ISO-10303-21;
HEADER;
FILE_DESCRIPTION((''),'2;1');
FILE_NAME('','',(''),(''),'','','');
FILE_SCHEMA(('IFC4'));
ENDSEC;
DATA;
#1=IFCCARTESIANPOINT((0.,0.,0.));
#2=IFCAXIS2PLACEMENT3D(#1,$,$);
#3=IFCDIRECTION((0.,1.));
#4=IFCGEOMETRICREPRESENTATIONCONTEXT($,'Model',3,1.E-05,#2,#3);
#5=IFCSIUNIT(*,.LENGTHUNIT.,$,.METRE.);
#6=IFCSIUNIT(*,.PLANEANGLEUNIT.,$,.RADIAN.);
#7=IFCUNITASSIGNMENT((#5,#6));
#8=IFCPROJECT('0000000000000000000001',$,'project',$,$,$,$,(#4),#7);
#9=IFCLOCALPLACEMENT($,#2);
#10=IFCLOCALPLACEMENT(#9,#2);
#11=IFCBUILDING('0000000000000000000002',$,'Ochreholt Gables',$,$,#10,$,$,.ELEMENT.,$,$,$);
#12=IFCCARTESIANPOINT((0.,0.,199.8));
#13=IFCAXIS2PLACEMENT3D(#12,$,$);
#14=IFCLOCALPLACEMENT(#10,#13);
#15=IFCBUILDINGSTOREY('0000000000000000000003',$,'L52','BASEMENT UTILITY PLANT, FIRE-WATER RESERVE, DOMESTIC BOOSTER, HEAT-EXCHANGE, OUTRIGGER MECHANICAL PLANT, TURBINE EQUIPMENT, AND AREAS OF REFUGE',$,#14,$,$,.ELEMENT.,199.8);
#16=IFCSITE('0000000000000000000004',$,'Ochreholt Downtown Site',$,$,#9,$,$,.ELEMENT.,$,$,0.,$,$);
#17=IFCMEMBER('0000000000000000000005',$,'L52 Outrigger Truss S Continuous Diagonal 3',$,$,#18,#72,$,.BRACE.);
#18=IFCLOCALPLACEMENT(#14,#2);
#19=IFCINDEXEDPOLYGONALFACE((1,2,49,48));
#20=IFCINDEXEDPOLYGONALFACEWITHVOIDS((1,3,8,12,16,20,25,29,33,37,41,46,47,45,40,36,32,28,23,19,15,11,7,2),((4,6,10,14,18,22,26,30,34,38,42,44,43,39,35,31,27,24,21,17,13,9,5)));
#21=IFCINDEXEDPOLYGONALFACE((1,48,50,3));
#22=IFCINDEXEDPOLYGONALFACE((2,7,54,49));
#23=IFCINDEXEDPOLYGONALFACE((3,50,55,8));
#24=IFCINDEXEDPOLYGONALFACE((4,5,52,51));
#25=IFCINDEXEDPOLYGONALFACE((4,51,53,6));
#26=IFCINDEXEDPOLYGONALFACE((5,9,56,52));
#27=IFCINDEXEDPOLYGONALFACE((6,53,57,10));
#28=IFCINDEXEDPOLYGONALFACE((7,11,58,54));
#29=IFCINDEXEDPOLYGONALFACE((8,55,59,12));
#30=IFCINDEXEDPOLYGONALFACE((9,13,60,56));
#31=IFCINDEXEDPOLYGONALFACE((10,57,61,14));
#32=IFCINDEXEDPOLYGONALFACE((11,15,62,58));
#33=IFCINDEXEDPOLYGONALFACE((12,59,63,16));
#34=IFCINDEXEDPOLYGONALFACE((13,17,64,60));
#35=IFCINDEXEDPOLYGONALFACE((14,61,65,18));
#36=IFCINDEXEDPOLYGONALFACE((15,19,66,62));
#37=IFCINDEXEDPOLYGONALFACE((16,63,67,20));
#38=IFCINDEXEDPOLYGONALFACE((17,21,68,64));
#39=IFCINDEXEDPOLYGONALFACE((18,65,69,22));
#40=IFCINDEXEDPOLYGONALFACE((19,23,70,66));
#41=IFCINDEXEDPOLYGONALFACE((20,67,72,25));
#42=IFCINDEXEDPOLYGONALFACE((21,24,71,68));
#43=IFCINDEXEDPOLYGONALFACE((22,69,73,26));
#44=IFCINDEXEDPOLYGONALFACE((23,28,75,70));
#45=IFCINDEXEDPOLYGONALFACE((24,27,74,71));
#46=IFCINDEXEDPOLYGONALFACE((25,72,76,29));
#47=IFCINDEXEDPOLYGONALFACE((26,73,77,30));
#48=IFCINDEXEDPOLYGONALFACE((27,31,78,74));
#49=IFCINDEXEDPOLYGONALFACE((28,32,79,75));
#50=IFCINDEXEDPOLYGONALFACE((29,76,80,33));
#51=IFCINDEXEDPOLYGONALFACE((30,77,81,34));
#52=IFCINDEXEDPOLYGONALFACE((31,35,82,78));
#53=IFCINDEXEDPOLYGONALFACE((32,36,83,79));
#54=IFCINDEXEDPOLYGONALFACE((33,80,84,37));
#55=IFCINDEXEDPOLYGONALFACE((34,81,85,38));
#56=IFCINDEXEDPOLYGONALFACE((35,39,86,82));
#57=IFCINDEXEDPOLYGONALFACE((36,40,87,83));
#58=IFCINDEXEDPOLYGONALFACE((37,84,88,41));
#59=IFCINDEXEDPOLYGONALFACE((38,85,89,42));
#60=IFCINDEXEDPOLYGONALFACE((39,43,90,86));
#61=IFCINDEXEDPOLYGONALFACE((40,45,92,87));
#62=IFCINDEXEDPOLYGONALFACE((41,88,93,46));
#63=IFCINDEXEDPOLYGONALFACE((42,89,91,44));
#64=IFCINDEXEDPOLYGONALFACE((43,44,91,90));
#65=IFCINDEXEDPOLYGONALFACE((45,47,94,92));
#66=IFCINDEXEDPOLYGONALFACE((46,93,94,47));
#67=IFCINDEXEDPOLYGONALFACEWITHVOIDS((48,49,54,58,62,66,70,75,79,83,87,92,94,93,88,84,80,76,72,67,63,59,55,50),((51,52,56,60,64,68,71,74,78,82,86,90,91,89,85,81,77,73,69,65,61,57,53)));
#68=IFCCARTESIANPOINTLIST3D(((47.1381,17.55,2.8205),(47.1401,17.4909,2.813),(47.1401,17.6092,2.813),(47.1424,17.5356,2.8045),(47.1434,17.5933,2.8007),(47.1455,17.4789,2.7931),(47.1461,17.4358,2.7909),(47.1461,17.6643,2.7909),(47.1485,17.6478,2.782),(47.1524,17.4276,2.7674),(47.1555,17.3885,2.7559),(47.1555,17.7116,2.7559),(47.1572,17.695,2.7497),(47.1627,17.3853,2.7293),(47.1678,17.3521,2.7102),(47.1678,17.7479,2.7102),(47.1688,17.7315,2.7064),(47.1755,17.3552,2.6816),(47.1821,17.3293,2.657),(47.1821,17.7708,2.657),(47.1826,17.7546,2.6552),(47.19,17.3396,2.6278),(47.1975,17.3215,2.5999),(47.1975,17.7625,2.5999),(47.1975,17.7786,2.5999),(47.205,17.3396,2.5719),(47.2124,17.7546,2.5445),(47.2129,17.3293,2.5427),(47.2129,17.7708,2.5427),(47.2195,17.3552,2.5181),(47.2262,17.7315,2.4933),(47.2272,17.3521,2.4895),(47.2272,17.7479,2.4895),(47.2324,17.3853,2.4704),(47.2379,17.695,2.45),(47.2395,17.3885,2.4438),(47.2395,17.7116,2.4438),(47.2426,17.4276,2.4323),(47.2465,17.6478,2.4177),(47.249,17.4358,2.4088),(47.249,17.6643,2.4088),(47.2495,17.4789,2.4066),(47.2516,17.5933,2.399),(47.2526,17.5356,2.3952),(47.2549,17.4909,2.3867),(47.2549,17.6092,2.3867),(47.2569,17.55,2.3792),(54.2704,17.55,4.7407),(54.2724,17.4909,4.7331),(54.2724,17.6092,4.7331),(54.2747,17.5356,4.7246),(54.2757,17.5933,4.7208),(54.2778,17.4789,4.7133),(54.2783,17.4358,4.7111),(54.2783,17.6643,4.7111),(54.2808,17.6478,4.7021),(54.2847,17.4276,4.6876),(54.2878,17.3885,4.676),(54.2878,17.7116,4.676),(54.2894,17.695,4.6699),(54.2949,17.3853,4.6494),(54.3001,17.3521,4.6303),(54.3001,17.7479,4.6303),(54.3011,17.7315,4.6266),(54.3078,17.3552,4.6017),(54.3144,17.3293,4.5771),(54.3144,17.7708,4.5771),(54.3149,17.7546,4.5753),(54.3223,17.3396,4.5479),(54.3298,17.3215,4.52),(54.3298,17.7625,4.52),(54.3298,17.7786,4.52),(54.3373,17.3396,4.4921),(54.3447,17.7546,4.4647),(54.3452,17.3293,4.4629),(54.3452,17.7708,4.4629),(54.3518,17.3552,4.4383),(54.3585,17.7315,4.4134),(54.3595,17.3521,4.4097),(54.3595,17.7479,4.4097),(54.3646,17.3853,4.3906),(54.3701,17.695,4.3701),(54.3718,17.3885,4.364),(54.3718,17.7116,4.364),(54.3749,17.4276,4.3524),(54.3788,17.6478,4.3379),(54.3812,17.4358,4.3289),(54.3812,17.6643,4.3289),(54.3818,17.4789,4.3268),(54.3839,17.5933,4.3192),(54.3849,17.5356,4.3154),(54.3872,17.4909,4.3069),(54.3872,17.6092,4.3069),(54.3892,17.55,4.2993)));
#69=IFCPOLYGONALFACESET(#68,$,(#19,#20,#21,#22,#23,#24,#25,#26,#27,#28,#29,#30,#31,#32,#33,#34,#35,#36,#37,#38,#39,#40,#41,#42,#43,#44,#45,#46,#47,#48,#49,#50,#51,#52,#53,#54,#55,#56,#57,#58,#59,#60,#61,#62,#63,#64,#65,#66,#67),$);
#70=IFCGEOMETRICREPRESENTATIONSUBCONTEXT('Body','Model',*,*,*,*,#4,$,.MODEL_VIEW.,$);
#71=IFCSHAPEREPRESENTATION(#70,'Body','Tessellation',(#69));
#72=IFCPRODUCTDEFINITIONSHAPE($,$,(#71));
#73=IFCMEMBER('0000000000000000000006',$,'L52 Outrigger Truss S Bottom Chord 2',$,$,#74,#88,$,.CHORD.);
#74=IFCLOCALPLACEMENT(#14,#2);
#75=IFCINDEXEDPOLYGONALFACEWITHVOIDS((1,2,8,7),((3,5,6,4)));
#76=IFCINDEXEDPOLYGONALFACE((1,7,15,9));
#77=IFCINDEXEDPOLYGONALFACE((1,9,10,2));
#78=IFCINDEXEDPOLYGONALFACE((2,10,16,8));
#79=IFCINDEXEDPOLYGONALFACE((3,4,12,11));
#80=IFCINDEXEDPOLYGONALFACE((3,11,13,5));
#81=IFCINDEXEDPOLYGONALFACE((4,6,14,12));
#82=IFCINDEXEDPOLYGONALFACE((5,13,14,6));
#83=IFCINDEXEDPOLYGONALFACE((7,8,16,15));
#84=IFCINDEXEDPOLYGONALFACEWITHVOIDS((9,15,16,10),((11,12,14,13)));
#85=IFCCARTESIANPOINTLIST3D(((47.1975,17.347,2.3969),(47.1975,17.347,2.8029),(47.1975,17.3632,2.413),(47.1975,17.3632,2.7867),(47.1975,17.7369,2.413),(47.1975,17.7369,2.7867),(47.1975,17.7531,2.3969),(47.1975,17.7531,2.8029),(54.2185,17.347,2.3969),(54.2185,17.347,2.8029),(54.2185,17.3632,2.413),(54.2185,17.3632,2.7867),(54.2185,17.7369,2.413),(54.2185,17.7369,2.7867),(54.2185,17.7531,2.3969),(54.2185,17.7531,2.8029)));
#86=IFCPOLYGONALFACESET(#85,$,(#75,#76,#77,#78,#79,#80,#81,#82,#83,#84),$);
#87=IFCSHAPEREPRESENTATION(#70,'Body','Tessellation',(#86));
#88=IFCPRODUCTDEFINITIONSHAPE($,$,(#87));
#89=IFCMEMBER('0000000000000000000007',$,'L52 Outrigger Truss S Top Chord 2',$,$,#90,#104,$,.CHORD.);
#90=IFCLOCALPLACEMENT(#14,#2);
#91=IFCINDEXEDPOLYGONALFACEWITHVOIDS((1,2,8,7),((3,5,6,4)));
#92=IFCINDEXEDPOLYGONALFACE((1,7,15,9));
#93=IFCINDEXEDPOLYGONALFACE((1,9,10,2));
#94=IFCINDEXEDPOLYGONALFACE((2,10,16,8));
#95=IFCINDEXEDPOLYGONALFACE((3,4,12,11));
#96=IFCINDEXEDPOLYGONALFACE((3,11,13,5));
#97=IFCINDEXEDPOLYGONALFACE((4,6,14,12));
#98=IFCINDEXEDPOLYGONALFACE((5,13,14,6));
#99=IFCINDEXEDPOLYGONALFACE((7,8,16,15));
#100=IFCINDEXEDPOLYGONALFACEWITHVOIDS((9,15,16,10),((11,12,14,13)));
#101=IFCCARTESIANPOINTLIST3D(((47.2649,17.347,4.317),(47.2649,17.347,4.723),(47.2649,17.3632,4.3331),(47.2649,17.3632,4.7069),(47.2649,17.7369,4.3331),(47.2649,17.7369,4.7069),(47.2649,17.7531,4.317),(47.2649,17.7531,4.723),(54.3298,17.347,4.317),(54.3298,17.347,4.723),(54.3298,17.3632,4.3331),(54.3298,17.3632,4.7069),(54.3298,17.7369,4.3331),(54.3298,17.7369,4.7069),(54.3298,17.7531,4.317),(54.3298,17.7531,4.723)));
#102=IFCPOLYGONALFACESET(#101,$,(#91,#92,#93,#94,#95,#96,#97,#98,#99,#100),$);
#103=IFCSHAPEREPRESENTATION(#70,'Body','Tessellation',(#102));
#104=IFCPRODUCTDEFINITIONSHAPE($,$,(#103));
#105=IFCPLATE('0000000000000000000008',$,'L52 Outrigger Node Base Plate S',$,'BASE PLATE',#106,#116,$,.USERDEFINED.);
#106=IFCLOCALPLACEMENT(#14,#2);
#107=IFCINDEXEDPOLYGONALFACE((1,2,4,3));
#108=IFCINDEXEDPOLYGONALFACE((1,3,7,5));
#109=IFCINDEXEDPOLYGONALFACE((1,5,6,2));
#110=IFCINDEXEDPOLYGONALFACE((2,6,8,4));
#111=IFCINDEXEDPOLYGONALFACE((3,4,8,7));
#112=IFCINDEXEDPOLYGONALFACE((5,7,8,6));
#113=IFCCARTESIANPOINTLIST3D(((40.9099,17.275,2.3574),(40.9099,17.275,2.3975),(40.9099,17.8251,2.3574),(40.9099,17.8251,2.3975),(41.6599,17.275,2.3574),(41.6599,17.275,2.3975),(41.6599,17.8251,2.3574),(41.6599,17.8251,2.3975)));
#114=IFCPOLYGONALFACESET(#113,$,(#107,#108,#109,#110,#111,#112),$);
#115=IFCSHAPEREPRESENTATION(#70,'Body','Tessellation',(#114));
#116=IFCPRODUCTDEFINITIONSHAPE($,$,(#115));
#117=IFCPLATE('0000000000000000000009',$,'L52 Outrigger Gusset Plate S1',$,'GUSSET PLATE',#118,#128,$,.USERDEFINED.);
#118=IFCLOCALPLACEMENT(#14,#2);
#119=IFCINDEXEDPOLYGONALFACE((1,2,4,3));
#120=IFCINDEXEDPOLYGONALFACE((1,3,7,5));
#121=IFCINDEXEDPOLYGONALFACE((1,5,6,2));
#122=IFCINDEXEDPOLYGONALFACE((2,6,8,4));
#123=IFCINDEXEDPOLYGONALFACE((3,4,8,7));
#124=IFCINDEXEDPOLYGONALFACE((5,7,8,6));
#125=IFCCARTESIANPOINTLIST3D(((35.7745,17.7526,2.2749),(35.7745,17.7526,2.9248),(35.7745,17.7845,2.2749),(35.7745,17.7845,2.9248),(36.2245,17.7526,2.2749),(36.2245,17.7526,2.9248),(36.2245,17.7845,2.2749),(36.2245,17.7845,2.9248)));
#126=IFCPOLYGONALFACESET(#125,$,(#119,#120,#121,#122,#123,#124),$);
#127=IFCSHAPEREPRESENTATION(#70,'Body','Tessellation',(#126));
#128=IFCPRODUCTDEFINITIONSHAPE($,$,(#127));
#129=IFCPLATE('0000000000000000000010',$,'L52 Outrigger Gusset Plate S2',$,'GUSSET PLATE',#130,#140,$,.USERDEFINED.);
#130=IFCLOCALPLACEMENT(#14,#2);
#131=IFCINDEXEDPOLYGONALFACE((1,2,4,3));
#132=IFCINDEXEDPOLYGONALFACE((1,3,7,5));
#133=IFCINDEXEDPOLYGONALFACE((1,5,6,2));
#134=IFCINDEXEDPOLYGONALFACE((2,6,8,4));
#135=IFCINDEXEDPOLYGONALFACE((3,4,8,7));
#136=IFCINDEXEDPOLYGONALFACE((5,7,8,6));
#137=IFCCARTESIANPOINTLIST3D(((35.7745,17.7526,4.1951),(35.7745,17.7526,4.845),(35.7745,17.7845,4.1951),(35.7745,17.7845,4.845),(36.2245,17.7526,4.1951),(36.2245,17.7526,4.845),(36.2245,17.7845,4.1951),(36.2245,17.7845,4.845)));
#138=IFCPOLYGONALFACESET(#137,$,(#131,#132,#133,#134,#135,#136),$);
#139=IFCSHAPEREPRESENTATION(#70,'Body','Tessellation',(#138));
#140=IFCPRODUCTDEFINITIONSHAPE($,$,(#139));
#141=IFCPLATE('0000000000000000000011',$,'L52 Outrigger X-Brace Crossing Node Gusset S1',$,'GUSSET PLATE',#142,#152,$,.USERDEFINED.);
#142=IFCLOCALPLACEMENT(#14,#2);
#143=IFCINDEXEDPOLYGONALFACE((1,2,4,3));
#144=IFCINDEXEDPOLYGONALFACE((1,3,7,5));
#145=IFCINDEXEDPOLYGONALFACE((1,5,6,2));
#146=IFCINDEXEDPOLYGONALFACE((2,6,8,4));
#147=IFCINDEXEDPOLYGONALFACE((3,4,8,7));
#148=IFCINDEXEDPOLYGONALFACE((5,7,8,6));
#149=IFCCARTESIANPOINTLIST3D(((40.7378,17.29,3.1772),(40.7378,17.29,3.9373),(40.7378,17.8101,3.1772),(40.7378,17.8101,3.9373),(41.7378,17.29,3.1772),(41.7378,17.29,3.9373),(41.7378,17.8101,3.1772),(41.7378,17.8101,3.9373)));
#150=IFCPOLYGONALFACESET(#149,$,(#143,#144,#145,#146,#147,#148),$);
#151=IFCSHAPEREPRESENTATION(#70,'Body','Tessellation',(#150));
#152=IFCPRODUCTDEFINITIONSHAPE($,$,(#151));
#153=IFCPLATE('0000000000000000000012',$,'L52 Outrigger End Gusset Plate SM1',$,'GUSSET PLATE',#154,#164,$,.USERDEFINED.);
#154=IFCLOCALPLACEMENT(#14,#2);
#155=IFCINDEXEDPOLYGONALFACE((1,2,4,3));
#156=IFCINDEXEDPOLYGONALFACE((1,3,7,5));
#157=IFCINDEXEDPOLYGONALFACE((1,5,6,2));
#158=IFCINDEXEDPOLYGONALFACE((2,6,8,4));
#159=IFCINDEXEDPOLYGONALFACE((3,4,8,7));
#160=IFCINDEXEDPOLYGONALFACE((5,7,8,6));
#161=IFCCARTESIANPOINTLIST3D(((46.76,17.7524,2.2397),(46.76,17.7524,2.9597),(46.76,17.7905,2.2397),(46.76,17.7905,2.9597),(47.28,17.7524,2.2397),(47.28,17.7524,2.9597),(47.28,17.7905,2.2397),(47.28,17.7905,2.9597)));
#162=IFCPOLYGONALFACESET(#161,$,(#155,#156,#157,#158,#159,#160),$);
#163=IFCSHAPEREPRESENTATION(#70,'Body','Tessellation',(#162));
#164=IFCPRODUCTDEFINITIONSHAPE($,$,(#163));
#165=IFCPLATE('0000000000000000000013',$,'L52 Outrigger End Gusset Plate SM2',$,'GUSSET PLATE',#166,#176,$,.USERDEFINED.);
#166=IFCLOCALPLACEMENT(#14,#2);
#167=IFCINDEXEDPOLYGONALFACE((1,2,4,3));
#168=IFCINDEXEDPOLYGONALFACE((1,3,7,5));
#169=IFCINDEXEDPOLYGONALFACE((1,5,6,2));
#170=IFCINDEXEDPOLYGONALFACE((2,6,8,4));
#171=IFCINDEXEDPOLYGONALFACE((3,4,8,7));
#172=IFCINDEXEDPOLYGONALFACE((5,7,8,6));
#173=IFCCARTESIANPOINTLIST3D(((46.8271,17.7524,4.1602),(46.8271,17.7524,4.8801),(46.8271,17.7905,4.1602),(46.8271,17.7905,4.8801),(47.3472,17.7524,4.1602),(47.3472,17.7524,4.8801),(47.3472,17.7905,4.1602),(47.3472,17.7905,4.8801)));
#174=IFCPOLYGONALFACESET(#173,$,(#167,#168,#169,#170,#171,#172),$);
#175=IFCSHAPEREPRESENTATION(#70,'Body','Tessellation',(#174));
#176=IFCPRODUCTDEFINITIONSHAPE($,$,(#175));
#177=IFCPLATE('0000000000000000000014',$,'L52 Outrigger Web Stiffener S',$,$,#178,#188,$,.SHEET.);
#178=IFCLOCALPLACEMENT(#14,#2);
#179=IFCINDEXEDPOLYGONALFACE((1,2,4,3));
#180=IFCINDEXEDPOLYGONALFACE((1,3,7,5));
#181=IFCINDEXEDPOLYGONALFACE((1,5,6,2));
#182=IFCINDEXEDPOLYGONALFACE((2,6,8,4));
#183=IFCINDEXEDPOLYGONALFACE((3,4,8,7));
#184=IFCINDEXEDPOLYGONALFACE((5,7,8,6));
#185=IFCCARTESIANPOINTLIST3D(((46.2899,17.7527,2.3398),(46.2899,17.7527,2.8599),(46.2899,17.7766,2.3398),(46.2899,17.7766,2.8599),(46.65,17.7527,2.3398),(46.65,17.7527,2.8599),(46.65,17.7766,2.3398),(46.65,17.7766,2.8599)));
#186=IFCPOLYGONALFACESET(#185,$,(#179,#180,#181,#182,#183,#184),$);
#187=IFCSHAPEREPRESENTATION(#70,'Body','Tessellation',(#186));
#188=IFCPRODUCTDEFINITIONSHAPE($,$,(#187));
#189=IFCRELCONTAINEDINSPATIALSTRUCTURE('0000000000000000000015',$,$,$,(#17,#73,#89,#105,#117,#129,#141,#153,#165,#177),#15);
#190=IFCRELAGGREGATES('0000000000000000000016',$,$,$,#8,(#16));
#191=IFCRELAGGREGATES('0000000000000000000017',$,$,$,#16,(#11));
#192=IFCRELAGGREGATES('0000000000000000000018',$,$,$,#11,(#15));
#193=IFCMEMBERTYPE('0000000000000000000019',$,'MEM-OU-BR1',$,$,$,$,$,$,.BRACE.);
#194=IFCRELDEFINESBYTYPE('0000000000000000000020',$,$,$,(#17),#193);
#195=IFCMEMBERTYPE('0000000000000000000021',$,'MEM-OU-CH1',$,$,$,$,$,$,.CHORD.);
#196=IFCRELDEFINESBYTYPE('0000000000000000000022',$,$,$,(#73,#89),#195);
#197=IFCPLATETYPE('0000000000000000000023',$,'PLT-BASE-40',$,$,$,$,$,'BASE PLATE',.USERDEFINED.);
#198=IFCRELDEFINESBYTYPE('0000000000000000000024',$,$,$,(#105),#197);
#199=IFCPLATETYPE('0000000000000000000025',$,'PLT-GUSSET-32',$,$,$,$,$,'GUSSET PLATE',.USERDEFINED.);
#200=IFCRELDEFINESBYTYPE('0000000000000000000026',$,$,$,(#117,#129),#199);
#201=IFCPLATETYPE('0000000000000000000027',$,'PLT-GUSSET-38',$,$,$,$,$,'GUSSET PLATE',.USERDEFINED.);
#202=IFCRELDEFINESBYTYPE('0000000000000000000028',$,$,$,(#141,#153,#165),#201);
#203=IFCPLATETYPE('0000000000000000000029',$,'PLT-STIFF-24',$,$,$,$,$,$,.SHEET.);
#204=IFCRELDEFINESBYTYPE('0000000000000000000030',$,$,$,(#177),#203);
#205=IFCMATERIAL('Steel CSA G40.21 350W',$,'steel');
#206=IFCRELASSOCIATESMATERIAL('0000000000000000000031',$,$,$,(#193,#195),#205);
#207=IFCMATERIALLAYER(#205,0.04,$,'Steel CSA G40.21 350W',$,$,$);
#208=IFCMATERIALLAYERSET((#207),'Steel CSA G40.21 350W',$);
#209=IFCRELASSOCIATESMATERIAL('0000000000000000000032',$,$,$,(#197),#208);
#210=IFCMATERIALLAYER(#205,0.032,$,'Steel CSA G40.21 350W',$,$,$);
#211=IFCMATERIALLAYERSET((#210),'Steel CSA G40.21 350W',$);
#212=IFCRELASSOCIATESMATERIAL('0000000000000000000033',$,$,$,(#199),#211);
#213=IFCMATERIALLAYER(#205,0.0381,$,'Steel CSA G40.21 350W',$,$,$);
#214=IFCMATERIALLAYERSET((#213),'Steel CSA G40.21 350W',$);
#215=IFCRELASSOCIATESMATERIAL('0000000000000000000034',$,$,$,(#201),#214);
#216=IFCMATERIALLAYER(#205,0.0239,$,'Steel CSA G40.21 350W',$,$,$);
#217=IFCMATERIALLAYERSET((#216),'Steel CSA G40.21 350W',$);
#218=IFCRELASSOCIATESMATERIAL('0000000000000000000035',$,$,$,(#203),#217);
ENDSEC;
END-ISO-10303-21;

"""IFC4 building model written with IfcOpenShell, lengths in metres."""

from ifc_helpers import new_model, si_unit, direction, frame, origin, origin_2d, place, context, subcontext, project, spatial, rectangle, hollow_rectangle, hollow_circle, extrude, material, layer, layer_set, material_profile, profile_set, type_object, element, save


model = new_model("IFC4")

# Units and contexts
model_context = context("Model", 3, precision=1e-05, world=origin(), true_north=direction((0.0, 1.0)))
body_context = subcontext(model_context, "Body", "Model", "MODEL_VIEW")
ifc_project = project(units=[si_unit("LENGTHUNIT", "METRE"), si_unit("PLANEANGLEUNIT", "RADIAN")], contexts=[model_context])

# Site, building, storey
site_placement = place(None, origin())
site = spatial("IfcSite", under=ifc_project, at=site_placement, Name="Ochreholt Downtown Site", CompositionType="ELEMENT", RefElevation=0.0)
building_placement = place(site_placement, origin())
building = spatial("IfcBuilding", under=site, at=building_placement, Name="Ochreholt Gables", CompositionType="ELEMENT")
storey_placement = place(building_placement, frame((0.0, 0.0, 199.8)))
storey = spatial("IfcBuildingStorey", under=building, at=storey_placement, Name="L52", Description="BASEMENT UTILITY PLANT, FIRE-WATER RESERVE, DOMESTIC BOOSTER, HEAT-EXCHANGE, OUTRIGGER MECHANICAL PLANT, TURBINE EQUIPMENT, AND AREAS OF REFUGE", CompositionType="ELEMENT", Elevation=199.8)

# Shared definitions
ifc_material_1 = material(Name="Steel CSA G40.21 350W", Category="steel")

# Members
ifc_material_profile_1 = material_profile(ifc_material_1, hollow_circle(Radius=0.2285, WallThickness=0.0161, at=origin_2d()), Name="CHS457X16")
ifc_profile_set_1 = profile_set([ifc_material_profile_1], Name="Steel CSA G40.21 350W")
member_type_1 = type_object("IfcMemberType", Name="MEM-OU-BR1", PredefinedType="BRACE", material=ifc_profile_set_1)
member_1_placement = place(storey_placement, frame((47.1975, 17.55, 2.5999), z_axis=(0.965618, 0.0, 0.259964), x_axis=(0.0, 1.0, 0.0)))
element("IfcMember", 1, at=member_1_placement, inside=storey, type_object=member_type_1, Name="L52 Outrigger Truss S Continuous Diagonal 3", PredefinedType="BRACE", context=body_context, shape_type="SweptSolid", body=[
    extrude(hollow_circle(Radius=0.2285, WallThickness=0.0161, at=origin_2d()), origin(), (0.0, 0.0, 1.0), 7.3862),
])
ifc_material_profile_2 = material_profile(ifc_material_1, hollow_rectangle(XDim=0.406, YDim=0.406, WallThickness=0.0161, at=origin_2d()), Name="HSS406X406X16")
ifc_profile_set_2 = profile_set([ifc_material_profile_2], Name="Steel CSA G40.21 350W")
member_type_2 = type_object("IfcMemberType", Name="MEM-OU-CH1", PredefinedType="CHORD", material=ifc_profile_set_2)
member_2_placement = place(storey_placement, frame((47.1975, 17.55, 2.5999), z_axis=(1.0, 0.0, 0.0), x_axis=(0.0, 1.0, 0.0)))
element("IfcMember", 2, at=member_2_placement, inside=storey, type_object=member_type_2, Name="L52 Outrigger Truss S Bottom Chord 2", PredefinedType="CHORD", context=body_context, shape_type="SweptSolid", body=[
    extrude(hollow_rectangle(XDim=0.406, YDim=0.406, WallThickness=0.0161, at=origin_2d()), origin(), (0.0, 0.0, 1.0), 7.021),
])
member_3_placement = place(storey_placement, frame((47.2649, 17.55, 4.52), z_axis=(1.0, 0.0, 0.0), x_axis=(0.0, 1.0, 0.0)))
element("IfcMember", 3, at=member_3_placement, inside=storey, type_object=member_type_2, Name="L52 Outrigger Truss S Top Chord 2", PredefinedType="CHORD", context=body_context, shape_type="SweptSolid", body=[
    extrude(hollow_rectangle(XDim=0.406, YDim=0.406, WallThickness=0.0161, at=origin_2d()), origin(), (0.0, 0.0, 1.0), 7.0649),
])

# Plates
ifc_layer_1 = layer(ifc_material_1, 0.04, Name="Steel CSA G40.21 350W")
ifc_layer_set_1 = layer_set([ifc_layer_1], Name="Steel CSA G40.21 350W")
plate_type_1 = type_object("IfcPlateType", Name="PLT-BASE-40", ElementType="BASE PLATE", PredefinedType="USERDEFINED", material=ifc_layer_set_1)
plate_1_placement = place(storey_placement, frame((41.2849, 17.55, 2.3574), z_axis=(0.0, 0.0, 1.0), x_axis=(1.0, 0.0, 0.0)))
element("IfcPlate", 4, at=plate_1_placement, inside=storey, type_object=plate_type_1, Name="L52 Outrigger Node Base Plate S", ObjectType="BASE PLATE", PredefinedType="USERDEFINED", context=body_context, shape_type="SweptSolid", body=[
    extrude(rectangle(XDim=0.75, YDim=0.55, at=origin_2d()), origin(), (0.0, 0.0, 1.0), 0.04),
])
ifc_layer_2 = layer(ifc_material_1, 0.032, Name="Steel CSA G40.21 350W")
ifc_layer_set_2 = layer_set([ifc_layer_2], Name="Steel CSA G40.21 350W")
plate_type_2 = type_object("IfcPlateType", Name="PLT-GUSSET-32", ElementType="GUSSET PLATE", PredefinedType="USERDEFINED", material=ifc_layer_set_2)
for number, where, z_axis, x_axis, name in (
    (5, (35.9995, 17.7686, 2.2749), (0.0, 0.0, 1.0), (1.0, 0.0, 0.0), "L52 Outrigger Gusset Plate S1"),
    (6, (35.9995, 17.7686, 4.1951), (0.0, 0.0, 1.0), (1.0, 0.0, 0.0), "L52 Outrigger Gusset Plate S2"),
):
    element("IfcPlate", number, at=place(storey_placement, frame(where, z_axis=z_axis, x_axis=x_axis)), inside=storey, type_object=plate_type_2, Name=name, ObjectType="GUSSET PLATE", PredefinedType="USERDEFINED", context=body_context, shape_type="SweptSolid", body=[
        extrude(rectangle(XDim=0.45, YDim=0.032, at=origin_2d()), origin(), (0.0, 0.0, 1.0), 0.6499),
    ])
ifc_layer_3 = layer(ifc_material_1, 0.0381, Name="Steel CSA G40.21 350W")
ifc_layer_set_3 = layer_set([ifc_layer_3], Name="Steel CSA G40.21 350W")
plate_type_3 = type_object("IfcPlateType", Name="PLT-GUSSET-38", ElementType="GUSSET PLATE", PredefinedType="USERDEFINED", material=ifc_layer_set_3)
plate_2_placement = place(storey_placement, frame((41.2378, 17.55, 3.1772), z_axis=(0.0, 0.0, 1.0), x_axis=(1.0, 0.0, 0.0)))
element("IfcPlate", 7, at=plate_2_placement, inside=storey, type_object=plate_type_3, Name="L52 Outrigger X-Brace Crossing Node Gusset S1", ObjectType="GUSSET PLATE", PredefinedType="USERDEFINED", context=body_context, shape_type="SweptSolid", body=[
    extrude(rectangle(XDim=1.0, YDim=0.52, at=origin_2d()), origin(), (0.0, 0.0, 1.0), 0.76),
])
for number, where, z_axis, x_axis, name in (
    (8, (47.02, 17.7715, 2.2397), (0.0, 0.0, 1.0), (1.0, 0.0, 0.0), "L52 Outrigger End Gusset Plate SM1"),
    (9, (47.0872, 17.7715, 4.1602), (0.0, 0.0, 1.0), (1.0, 0.0, 0.0), "L52 Outrigger End Gusset Plate SM2"),
):
    element("IfcPlate", number, at=place(storey_placement, frame(where, z_axis=z_axis, x_axis=x_axis)), inside=storey, type_object=plate_type_3, Name=name, ObjectType="GUSSET PLATE", PredefinedType="USERDEFINED", context=body_context, shape_type="SweptSolid", body=[
        extrude(rectangle(XDim=0.52, YDim=0.0381, at=origin_2d()), origin(), (0.0, 0.0, 1.0), 0.72),
    ])
ifc_layer_4 = layer(ifc_material_1, 0.0239, Name="Steel CSA G40.21 350W")
ifc_layer_set_4 = layer_set([ifc_layer_4], Name="Steel CSA G40.21 350W")
plate_type_4 = type_object("IfcPlateType", Name="PLT-STIFF-24", PredefinedType="SHEET", material=ifc_layer_set_4)
plate_3_placement = place(storey_placement, frame((46.47, 17.7646, 2.3398), z_axis=(0.0, 0.0, 1.0), x_axis=(1.0, 0.0, 0.0)))
element("IfcPlate", 10, at=plate_3_placement, inside=storey, type_object=plate_type_4, Name="L52 Outrigger Web Stiffener S", PredefinedType="SHEET", context=body_context, shape_type="SweptSolid", body=[
    extrude(rectangle(XDim=0.3601, YDim=0.0239, at=origin_2d()), origin(), (0.0, 0.0, 1.0), 0.52),
])

save(model, "model.ifc")
